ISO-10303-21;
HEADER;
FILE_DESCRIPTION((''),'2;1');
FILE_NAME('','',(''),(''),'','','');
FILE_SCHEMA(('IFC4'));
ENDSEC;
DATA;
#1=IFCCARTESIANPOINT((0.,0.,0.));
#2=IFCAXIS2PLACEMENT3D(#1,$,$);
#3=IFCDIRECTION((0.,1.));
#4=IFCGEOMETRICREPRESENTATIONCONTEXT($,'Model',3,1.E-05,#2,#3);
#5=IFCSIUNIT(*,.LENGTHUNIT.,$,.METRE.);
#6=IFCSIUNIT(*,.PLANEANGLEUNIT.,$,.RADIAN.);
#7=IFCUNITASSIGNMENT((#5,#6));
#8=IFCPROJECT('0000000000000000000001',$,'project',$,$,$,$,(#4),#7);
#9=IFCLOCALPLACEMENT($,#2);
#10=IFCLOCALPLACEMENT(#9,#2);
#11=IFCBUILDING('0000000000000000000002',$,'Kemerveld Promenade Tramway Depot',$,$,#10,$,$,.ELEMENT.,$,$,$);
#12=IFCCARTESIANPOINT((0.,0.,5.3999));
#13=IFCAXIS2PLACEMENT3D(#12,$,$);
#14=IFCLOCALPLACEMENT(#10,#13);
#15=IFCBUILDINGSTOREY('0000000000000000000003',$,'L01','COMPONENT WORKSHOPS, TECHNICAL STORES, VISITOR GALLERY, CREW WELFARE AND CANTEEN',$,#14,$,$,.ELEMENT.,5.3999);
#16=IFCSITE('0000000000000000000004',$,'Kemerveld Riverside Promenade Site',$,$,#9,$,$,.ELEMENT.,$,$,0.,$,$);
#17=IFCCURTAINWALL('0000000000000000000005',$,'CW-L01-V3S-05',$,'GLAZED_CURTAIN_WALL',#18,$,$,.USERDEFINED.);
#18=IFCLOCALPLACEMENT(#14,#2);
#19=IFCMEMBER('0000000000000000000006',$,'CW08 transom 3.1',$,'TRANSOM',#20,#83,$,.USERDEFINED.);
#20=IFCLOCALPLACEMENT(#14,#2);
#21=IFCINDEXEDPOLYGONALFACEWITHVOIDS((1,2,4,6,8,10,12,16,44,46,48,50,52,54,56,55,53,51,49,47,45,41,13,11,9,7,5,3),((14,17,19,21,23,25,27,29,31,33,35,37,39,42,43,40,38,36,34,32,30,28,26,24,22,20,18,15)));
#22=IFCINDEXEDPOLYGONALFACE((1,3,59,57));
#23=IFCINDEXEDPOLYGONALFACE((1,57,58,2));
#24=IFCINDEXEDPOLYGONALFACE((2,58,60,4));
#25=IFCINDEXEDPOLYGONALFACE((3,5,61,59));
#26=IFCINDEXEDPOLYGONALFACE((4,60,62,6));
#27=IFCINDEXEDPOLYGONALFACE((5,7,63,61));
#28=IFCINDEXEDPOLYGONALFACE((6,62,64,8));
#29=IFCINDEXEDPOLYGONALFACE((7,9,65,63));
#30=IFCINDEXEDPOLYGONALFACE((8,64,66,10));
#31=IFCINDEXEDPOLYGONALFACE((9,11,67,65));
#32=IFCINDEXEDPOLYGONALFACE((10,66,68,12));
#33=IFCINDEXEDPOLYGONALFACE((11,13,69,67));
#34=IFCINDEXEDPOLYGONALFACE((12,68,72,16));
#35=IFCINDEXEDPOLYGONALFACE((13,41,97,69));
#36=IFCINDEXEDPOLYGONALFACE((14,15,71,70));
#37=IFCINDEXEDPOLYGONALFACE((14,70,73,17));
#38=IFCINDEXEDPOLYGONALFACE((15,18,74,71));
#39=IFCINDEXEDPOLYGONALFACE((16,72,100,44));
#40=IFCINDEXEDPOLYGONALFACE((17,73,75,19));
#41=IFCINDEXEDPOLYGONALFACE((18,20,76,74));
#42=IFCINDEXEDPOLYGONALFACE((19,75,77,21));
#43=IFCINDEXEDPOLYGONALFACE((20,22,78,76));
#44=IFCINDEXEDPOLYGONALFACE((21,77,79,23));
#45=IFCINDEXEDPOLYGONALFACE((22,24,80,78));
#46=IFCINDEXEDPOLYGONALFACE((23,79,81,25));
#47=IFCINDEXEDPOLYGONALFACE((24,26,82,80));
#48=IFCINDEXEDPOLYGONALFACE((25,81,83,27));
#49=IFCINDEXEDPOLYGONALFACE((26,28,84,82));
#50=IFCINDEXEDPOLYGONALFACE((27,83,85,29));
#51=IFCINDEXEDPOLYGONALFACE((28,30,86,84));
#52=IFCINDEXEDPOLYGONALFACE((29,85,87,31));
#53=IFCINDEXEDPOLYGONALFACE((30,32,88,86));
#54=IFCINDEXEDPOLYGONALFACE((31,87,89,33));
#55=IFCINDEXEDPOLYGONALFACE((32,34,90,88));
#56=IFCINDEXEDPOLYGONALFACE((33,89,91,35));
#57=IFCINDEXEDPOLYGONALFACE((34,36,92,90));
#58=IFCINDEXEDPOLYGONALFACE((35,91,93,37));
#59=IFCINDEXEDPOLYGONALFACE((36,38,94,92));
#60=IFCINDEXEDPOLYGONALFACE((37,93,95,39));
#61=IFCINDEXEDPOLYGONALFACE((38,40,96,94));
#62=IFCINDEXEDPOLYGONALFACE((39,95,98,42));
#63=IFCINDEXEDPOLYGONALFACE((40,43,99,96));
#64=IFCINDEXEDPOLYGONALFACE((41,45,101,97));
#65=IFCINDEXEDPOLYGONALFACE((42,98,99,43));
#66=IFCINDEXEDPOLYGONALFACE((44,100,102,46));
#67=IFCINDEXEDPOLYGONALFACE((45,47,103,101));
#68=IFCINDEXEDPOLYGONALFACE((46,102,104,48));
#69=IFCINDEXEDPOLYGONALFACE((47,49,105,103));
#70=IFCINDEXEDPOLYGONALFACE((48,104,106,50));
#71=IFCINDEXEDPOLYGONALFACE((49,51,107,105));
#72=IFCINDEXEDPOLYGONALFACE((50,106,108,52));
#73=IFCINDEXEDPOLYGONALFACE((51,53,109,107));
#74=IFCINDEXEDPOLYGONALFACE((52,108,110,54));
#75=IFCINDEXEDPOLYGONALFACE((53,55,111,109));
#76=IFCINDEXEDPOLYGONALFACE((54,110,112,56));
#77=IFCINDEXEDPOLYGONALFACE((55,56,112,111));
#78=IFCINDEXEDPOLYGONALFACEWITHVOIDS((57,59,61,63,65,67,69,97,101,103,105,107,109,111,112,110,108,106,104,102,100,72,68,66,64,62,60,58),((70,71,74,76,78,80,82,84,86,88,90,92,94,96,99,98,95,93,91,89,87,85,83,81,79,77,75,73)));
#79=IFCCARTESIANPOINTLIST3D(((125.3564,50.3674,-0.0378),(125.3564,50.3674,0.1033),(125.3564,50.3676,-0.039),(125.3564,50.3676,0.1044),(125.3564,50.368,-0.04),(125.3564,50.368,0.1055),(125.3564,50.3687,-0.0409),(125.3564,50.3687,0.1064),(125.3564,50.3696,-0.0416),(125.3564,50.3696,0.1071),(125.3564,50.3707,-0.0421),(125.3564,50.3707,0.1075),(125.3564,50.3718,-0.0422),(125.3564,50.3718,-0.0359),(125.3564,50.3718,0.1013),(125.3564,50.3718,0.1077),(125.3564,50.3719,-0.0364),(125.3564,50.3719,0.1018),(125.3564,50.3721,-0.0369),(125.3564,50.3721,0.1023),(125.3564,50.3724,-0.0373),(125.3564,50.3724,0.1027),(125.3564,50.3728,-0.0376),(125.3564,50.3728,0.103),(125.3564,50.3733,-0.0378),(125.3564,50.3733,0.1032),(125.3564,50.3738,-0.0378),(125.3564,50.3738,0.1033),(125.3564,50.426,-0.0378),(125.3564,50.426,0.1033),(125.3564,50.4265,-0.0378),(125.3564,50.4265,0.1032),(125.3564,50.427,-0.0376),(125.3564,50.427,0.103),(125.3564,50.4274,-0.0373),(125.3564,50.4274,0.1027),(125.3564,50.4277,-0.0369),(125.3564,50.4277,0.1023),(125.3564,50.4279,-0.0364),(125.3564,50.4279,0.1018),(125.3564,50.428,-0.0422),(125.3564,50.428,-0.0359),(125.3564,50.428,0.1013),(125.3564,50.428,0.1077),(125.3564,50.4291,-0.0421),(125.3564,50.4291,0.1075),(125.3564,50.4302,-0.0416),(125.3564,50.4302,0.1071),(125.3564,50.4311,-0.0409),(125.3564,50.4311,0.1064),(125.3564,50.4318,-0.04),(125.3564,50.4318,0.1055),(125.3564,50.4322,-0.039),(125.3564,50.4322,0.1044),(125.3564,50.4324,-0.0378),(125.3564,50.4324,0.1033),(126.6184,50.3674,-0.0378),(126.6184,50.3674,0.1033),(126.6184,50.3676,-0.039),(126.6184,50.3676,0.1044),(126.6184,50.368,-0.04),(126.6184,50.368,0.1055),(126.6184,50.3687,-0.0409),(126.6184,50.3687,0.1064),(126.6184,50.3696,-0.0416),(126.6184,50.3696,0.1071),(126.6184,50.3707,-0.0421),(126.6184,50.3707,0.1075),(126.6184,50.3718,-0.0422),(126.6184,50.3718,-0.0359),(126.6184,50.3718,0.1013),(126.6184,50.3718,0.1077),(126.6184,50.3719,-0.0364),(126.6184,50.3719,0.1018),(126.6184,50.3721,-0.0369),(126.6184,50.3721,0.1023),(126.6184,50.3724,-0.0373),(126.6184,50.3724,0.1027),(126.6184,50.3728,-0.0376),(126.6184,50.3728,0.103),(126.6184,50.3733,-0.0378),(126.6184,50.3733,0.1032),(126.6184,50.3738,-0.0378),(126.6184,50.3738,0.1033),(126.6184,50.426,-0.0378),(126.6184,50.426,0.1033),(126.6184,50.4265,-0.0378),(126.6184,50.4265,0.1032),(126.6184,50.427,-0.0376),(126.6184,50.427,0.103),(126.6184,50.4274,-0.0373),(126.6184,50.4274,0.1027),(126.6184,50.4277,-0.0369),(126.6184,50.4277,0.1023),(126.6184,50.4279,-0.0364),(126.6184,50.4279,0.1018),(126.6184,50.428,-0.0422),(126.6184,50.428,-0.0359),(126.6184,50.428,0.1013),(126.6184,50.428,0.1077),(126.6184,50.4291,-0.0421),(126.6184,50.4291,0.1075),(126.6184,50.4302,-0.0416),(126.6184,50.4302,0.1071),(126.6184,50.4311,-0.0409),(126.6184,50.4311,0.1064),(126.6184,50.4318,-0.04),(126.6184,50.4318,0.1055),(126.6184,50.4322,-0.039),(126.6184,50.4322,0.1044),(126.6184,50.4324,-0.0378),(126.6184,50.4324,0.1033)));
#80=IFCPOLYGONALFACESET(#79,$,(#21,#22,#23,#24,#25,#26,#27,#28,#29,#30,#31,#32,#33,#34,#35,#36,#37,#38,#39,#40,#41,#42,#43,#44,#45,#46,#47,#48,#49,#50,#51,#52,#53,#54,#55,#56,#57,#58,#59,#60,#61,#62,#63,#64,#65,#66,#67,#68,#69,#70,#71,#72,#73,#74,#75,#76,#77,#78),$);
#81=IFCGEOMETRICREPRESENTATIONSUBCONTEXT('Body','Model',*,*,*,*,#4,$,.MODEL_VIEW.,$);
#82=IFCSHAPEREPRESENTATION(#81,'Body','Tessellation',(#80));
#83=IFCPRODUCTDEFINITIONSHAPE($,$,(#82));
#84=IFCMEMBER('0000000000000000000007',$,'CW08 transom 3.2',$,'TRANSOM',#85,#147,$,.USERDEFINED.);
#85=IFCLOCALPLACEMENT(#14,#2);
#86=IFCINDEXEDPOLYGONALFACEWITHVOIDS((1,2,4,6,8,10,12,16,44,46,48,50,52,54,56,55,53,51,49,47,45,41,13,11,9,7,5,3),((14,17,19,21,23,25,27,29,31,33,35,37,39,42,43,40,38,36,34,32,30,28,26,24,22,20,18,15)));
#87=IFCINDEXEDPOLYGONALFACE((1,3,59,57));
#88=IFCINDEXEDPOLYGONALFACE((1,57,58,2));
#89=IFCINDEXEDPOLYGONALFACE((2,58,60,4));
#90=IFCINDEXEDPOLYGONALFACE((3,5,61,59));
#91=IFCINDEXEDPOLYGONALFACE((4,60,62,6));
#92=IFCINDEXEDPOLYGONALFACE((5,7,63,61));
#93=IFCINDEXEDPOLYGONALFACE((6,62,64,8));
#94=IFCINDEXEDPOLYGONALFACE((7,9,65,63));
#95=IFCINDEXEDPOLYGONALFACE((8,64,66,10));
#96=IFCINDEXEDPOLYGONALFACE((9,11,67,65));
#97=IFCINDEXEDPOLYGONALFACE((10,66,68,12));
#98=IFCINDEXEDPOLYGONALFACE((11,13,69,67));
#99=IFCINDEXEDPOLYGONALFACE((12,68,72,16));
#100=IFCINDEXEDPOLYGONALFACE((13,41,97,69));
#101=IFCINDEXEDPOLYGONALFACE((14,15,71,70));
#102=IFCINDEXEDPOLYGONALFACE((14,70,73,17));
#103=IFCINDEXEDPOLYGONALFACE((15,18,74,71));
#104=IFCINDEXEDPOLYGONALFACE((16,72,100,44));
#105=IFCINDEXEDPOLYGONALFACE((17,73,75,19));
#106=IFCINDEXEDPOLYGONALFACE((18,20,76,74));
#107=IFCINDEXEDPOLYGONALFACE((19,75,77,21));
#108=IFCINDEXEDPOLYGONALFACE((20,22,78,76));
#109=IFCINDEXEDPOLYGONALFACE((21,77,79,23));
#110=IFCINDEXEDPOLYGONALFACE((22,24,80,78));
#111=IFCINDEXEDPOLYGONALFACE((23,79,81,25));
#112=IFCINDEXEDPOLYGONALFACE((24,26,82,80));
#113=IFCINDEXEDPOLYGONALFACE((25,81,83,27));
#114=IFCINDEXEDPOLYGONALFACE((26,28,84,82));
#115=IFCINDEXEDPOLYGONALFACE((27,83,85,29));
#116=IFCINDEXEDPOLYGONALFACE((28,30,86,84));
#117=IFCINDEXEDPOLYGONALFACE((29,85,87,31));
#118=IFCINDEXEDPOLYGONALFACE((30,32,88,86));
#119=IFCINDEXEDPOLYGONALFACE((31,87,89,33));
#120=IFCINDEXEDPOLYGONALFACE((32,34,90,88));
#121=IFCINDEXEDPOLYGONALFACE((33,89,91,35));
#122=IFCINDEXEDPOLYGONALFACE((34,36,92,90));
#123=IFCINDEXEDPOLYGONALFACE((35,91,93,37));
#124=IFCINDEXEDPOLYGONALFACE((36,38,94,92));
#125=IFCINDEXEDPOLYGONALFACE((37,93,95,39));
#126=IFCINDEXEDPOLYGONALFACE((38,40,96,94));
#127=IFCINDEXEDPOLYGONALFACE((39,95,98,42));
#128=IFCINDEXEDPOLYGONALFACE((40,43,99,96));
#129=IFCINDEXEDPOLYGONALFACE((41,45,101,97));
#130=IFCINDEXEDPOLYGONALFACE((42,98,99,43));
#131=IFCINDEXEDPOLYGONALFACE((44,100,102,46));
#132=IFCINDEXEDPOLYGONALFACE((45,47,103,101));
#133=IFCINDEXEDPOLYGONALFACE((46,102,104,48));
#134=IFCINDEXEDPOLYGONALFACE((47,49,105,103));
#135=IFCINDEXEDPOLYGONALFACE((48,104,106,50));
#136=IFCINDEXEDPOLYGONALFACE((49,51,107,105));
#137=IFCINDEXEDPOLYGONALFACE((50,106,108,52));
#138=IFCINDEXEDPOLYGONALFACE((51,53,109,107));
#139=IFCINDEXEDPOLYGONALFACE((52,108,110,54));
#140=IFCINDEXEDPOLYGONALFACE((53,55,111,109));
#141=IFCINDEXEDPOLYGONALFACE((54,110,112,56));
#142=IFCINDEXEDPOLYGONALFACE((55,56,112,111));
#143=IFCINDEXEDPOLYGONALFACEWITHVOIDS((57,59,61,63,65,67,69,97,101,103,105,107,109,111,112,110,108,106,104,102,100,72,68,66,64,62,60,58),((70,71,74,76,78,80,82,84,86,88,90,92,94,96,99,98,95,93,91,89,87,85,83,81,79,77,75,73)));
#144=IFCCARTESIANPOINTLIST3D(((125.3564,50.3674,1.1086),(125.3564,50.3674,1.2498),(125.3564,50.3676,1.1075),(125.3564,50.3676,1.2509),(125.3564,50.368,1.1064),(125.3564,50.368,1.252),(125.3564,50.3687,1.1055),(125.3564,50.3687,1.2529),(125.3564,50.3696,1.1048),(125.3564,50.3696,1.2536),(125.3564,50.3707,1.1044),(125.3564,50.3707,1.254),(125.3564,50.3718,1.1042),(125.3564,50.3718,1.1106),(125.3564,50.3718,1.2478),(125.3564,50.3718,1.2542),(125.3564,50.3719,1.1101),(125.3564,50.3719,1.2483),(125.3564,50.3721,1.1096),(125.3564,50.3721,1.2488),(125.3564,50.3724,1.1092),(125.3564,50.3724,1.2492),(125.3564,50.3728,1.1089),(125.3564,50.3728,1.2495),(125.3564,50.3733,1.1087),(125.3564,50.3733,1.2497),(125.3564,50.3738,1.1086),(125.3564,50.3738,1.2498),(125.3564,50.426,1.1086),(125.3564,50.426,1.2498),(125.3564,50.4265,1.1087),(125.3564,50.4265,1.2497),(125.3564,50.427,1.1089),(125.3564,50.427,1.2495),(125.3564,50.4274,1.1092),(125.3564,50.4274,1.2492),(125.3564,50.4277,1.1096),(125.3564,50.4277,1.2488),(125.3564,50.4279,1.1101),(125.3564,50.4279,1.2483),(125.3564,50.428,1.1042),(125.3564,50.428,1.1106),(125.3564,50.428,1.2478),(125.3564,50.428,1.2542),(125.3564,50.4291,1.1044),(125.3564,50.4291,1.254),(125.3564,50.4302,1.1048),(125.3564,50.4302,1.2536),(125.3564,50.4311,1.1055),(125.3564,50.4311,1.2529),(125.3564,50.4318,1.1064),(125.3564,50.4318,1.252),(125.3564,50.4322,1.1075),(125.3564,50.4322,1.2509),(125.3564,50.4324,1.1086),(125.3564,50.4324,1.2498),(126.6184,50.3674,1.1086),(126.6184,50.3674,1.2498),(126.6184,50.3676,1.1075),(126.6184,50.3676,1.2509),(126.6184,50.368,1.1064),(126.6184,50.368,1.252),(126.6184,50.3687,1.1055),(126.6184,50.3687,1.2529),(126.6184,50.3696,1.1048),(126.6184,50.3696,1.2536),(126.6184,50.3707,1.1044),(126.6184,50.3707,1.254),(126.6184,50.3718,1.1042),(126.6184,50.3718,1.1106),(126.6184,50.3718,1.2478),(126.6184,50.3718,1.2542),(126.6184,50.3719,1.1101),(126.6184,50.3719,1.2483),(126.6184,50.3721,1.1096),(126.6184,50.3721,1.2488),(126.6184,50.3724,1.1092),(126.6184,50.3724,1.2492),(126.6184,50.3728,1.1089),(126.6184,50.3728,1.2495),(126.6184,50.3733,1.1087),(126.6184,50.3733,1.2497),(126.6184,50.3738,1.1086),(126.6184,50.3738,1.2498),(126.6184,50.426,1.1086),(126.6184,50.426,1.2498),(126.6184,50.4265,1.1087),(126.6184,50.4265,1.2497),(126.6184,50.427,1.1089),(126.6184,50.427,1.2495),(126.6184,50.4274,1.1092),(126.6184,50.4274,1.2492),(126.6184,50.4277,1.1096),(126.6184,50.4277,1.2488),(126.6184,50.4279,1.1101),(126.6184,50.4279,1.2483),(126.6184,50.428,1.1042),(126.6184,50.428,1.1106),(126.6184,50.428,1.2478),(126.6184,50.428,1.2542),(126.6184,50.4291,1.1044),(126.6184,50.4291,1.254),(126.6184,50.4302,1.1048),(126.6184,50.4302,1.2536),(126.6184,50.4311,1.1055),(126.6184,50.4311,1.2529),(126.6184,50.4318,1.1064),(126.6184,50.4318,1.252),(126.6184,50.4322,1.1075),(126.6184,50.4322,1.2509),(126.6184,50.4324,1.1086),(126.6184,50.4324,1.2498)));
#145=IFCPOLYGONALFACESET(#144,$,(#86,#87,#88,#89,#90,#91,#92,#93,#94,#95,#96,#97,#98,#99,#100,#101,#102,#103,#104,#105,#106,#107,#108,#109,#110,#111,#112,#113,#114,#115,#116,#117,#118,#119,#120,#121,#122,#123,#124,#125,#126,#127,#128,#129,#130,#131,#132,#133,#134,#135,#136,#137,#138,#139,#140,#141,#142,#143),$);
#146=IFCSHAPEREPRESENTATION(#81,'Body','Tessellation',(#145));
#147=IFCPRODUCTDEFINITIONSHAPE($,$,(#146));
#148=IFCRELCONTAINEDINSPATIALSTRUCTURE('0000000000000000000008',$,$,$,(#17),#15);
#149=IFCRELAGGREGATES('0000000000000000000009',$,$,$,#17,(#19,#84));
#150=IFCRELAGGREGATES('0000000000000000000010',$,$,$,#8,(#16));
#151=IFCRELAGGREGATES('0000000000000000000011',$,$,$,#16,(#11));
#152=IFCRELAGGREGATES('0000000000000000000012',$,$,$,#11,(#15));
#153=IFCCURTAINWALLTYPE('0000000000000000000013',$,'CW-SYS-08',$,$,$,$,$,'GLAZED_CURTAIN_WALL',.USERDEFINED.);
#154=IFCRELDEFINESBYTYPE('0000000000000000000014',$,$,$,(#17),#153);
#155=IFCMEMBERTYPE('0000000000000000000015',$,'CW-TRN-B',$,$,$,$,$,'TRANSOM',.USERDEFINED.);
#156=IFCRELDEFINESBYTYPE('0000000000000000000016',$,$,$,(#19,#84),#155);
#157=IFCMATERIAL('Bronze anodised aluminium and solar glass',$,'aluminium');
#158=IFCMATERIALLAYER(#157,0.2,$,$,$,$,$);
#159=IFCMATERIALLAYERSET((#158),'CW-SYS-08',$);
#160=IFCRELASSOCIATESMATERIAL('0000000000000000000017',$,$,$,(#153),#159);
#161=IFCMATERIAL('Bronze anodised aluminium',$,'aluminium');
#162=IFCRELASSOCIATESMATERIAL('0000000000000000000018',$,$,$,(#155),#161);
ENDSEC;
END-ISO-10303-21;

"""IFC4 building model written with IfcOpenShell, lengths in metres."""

from ifc_helpers import new_model, si_unit, direction, frame, origin, origin_2d, place, context, subcontext, project, spatial, hollow_rectangle, extrude, material, layer, layer_set, material_profile, profile_set, type_object, element, aggregate, save


model = new_model("IFC4")

# Units and contexts
model_context = context("Model", 3, precision=1e-05, world=origin(), true_north=direction((0.0, 1.0)))
body_context = subcontext(model_context, "Body", "Model", "MODEL_VIEW")
ifc_project = project(units=[si_unit("LENGTHUNIT", "METRE"), si_unit("PLANEANGLEUNIT", "RADIAN")], contexts=[model_context])

# Site, building, storey
site_placement = place(None, origin())
site = spatial("IfcSite", under=ifc_project, at=site_placement, Name="Kemerveld Riverside Promenade Site", CompositionType="ELEMENT", RefElevation=0.0)
building_placement = place(site_placement, origin())
building = spatial("IfcBuilding", under=site, at=building_placement, Name="Kemerveld Promenade Tramway Depot", CompositionType="ELEMENT")
storey_placement = place(building_placement, frame((0.0, 0.0, 5.3999)))
storey = spatial("IfcBuildingStorey", under=building, at=storey_placement, Name="L01", Description="COMPONENT WORKSHOPS, TECHNICAL STORES, VISITOR GALLERY, CREW WELFARE AND CANTEEN", CompositionType="ELEMENT", Elevation=5.3999)

# Curtain wall, members
ifc_material_1 = material(Name="Bronze anodised aluminium and solar glass", Category="aluminium")
ifc_layer_1 = layer(ifc_material_1, 0.2)
ifc_layer_set_1 = layer_set([ifc_layer_1], Name="CW-SYS-08")
curtain_wall_type = type_object("IfcCurtainWallType", Name="CW-SYS-08", ElementType="GLAZED_CURTAIN_WALL", PredefinedType="USERDEFINED", material=ifc_layer_set_1)
curtain_wall_placement = place(storey_placement, origin())
curtain_wall = element("IfcCurtainWall", 1, at=curtain_wall_placement, inside=storey, type_object=curtain_wall_type, Name="CW-L01-V3S-05", ObjectType="GLAZED_CURTAIN_WALL", PredefinedType="USERDEFINED")
ifc_material_2 = material(Name="Bronze anodised aluminium", Category="aluminium")
ifc_material_profile_1 = material_profile(ifc_material_2, hollow_rectangle(XDim=0.0649, YDim=0.1499, WallThickness=0.0044, InnerFilletRadius=0.002, OuterFilletRadius=0.0044, at=origin_2d()), Name="CW-TRN-150x65")
ifc_profile_set_1 = profile_set([ifc_material_profile_1], Name="Bronze anodised aluminium")
member_type_1 = type_object("IfcMemberType", Name="CW-TRN-B", ElementType="TRANSOM", PredefinedType="USERDEFINED", material=ifc_profile_set_1)
member_1_placement = place(storey_placement, frame((126.6184, 50.3999, 0.0327), z_axis=(-1.0, 0.0, 0.0), x_axis=(0.0, -1.0, 0.0)))
member_1 = element("IfcMember", 2, at=member_1_placement, type_object=member_type_1, Name="CW08 transom 3.1", ObjectType="TRANSOM", PredefinedType="USERDEFINED", context=body_context, shape_type="SweptSolid", body=[
    extrude(hollow_rectangle(XDim=0.0649, YDim=0.1499, WallThickness=0.0044, InnerFilletRadius=0.002, OuterFilletRadius=0.0044, at=origin_2d()), origin(), (0.0, 0.0, 1.0), 1.262),
])
member_2_placement = place(storey_placement, frame((126.6184, 50.3999, 1.1792), z_axis=(-1.0, 0.0, 0.0), x_axis=(0.0, -1.0, 0.0)))
member_2 = element("IfcMember", 3, at=member_2_placement, type_object=member_type_1, Name="CW08 transom 3.2", ObjectType="TRANSOM", PredefinedType="USERDEFINED", context=body_context, shape_type="SweptSolid", body=[
    extrude(hollow_rectangle(XDim=0.0649, YDim=0.1499, WallThickness=0.0044, InnerFilletRadius=0.002, OuterFilletRadius=0.0044, at=origin_2d()), origin(), (0.0, 0.0, 1.0), 1.262),
])
aggregate(curtain_wall, [member_1, member_2])

save(model, "model.ifc")
